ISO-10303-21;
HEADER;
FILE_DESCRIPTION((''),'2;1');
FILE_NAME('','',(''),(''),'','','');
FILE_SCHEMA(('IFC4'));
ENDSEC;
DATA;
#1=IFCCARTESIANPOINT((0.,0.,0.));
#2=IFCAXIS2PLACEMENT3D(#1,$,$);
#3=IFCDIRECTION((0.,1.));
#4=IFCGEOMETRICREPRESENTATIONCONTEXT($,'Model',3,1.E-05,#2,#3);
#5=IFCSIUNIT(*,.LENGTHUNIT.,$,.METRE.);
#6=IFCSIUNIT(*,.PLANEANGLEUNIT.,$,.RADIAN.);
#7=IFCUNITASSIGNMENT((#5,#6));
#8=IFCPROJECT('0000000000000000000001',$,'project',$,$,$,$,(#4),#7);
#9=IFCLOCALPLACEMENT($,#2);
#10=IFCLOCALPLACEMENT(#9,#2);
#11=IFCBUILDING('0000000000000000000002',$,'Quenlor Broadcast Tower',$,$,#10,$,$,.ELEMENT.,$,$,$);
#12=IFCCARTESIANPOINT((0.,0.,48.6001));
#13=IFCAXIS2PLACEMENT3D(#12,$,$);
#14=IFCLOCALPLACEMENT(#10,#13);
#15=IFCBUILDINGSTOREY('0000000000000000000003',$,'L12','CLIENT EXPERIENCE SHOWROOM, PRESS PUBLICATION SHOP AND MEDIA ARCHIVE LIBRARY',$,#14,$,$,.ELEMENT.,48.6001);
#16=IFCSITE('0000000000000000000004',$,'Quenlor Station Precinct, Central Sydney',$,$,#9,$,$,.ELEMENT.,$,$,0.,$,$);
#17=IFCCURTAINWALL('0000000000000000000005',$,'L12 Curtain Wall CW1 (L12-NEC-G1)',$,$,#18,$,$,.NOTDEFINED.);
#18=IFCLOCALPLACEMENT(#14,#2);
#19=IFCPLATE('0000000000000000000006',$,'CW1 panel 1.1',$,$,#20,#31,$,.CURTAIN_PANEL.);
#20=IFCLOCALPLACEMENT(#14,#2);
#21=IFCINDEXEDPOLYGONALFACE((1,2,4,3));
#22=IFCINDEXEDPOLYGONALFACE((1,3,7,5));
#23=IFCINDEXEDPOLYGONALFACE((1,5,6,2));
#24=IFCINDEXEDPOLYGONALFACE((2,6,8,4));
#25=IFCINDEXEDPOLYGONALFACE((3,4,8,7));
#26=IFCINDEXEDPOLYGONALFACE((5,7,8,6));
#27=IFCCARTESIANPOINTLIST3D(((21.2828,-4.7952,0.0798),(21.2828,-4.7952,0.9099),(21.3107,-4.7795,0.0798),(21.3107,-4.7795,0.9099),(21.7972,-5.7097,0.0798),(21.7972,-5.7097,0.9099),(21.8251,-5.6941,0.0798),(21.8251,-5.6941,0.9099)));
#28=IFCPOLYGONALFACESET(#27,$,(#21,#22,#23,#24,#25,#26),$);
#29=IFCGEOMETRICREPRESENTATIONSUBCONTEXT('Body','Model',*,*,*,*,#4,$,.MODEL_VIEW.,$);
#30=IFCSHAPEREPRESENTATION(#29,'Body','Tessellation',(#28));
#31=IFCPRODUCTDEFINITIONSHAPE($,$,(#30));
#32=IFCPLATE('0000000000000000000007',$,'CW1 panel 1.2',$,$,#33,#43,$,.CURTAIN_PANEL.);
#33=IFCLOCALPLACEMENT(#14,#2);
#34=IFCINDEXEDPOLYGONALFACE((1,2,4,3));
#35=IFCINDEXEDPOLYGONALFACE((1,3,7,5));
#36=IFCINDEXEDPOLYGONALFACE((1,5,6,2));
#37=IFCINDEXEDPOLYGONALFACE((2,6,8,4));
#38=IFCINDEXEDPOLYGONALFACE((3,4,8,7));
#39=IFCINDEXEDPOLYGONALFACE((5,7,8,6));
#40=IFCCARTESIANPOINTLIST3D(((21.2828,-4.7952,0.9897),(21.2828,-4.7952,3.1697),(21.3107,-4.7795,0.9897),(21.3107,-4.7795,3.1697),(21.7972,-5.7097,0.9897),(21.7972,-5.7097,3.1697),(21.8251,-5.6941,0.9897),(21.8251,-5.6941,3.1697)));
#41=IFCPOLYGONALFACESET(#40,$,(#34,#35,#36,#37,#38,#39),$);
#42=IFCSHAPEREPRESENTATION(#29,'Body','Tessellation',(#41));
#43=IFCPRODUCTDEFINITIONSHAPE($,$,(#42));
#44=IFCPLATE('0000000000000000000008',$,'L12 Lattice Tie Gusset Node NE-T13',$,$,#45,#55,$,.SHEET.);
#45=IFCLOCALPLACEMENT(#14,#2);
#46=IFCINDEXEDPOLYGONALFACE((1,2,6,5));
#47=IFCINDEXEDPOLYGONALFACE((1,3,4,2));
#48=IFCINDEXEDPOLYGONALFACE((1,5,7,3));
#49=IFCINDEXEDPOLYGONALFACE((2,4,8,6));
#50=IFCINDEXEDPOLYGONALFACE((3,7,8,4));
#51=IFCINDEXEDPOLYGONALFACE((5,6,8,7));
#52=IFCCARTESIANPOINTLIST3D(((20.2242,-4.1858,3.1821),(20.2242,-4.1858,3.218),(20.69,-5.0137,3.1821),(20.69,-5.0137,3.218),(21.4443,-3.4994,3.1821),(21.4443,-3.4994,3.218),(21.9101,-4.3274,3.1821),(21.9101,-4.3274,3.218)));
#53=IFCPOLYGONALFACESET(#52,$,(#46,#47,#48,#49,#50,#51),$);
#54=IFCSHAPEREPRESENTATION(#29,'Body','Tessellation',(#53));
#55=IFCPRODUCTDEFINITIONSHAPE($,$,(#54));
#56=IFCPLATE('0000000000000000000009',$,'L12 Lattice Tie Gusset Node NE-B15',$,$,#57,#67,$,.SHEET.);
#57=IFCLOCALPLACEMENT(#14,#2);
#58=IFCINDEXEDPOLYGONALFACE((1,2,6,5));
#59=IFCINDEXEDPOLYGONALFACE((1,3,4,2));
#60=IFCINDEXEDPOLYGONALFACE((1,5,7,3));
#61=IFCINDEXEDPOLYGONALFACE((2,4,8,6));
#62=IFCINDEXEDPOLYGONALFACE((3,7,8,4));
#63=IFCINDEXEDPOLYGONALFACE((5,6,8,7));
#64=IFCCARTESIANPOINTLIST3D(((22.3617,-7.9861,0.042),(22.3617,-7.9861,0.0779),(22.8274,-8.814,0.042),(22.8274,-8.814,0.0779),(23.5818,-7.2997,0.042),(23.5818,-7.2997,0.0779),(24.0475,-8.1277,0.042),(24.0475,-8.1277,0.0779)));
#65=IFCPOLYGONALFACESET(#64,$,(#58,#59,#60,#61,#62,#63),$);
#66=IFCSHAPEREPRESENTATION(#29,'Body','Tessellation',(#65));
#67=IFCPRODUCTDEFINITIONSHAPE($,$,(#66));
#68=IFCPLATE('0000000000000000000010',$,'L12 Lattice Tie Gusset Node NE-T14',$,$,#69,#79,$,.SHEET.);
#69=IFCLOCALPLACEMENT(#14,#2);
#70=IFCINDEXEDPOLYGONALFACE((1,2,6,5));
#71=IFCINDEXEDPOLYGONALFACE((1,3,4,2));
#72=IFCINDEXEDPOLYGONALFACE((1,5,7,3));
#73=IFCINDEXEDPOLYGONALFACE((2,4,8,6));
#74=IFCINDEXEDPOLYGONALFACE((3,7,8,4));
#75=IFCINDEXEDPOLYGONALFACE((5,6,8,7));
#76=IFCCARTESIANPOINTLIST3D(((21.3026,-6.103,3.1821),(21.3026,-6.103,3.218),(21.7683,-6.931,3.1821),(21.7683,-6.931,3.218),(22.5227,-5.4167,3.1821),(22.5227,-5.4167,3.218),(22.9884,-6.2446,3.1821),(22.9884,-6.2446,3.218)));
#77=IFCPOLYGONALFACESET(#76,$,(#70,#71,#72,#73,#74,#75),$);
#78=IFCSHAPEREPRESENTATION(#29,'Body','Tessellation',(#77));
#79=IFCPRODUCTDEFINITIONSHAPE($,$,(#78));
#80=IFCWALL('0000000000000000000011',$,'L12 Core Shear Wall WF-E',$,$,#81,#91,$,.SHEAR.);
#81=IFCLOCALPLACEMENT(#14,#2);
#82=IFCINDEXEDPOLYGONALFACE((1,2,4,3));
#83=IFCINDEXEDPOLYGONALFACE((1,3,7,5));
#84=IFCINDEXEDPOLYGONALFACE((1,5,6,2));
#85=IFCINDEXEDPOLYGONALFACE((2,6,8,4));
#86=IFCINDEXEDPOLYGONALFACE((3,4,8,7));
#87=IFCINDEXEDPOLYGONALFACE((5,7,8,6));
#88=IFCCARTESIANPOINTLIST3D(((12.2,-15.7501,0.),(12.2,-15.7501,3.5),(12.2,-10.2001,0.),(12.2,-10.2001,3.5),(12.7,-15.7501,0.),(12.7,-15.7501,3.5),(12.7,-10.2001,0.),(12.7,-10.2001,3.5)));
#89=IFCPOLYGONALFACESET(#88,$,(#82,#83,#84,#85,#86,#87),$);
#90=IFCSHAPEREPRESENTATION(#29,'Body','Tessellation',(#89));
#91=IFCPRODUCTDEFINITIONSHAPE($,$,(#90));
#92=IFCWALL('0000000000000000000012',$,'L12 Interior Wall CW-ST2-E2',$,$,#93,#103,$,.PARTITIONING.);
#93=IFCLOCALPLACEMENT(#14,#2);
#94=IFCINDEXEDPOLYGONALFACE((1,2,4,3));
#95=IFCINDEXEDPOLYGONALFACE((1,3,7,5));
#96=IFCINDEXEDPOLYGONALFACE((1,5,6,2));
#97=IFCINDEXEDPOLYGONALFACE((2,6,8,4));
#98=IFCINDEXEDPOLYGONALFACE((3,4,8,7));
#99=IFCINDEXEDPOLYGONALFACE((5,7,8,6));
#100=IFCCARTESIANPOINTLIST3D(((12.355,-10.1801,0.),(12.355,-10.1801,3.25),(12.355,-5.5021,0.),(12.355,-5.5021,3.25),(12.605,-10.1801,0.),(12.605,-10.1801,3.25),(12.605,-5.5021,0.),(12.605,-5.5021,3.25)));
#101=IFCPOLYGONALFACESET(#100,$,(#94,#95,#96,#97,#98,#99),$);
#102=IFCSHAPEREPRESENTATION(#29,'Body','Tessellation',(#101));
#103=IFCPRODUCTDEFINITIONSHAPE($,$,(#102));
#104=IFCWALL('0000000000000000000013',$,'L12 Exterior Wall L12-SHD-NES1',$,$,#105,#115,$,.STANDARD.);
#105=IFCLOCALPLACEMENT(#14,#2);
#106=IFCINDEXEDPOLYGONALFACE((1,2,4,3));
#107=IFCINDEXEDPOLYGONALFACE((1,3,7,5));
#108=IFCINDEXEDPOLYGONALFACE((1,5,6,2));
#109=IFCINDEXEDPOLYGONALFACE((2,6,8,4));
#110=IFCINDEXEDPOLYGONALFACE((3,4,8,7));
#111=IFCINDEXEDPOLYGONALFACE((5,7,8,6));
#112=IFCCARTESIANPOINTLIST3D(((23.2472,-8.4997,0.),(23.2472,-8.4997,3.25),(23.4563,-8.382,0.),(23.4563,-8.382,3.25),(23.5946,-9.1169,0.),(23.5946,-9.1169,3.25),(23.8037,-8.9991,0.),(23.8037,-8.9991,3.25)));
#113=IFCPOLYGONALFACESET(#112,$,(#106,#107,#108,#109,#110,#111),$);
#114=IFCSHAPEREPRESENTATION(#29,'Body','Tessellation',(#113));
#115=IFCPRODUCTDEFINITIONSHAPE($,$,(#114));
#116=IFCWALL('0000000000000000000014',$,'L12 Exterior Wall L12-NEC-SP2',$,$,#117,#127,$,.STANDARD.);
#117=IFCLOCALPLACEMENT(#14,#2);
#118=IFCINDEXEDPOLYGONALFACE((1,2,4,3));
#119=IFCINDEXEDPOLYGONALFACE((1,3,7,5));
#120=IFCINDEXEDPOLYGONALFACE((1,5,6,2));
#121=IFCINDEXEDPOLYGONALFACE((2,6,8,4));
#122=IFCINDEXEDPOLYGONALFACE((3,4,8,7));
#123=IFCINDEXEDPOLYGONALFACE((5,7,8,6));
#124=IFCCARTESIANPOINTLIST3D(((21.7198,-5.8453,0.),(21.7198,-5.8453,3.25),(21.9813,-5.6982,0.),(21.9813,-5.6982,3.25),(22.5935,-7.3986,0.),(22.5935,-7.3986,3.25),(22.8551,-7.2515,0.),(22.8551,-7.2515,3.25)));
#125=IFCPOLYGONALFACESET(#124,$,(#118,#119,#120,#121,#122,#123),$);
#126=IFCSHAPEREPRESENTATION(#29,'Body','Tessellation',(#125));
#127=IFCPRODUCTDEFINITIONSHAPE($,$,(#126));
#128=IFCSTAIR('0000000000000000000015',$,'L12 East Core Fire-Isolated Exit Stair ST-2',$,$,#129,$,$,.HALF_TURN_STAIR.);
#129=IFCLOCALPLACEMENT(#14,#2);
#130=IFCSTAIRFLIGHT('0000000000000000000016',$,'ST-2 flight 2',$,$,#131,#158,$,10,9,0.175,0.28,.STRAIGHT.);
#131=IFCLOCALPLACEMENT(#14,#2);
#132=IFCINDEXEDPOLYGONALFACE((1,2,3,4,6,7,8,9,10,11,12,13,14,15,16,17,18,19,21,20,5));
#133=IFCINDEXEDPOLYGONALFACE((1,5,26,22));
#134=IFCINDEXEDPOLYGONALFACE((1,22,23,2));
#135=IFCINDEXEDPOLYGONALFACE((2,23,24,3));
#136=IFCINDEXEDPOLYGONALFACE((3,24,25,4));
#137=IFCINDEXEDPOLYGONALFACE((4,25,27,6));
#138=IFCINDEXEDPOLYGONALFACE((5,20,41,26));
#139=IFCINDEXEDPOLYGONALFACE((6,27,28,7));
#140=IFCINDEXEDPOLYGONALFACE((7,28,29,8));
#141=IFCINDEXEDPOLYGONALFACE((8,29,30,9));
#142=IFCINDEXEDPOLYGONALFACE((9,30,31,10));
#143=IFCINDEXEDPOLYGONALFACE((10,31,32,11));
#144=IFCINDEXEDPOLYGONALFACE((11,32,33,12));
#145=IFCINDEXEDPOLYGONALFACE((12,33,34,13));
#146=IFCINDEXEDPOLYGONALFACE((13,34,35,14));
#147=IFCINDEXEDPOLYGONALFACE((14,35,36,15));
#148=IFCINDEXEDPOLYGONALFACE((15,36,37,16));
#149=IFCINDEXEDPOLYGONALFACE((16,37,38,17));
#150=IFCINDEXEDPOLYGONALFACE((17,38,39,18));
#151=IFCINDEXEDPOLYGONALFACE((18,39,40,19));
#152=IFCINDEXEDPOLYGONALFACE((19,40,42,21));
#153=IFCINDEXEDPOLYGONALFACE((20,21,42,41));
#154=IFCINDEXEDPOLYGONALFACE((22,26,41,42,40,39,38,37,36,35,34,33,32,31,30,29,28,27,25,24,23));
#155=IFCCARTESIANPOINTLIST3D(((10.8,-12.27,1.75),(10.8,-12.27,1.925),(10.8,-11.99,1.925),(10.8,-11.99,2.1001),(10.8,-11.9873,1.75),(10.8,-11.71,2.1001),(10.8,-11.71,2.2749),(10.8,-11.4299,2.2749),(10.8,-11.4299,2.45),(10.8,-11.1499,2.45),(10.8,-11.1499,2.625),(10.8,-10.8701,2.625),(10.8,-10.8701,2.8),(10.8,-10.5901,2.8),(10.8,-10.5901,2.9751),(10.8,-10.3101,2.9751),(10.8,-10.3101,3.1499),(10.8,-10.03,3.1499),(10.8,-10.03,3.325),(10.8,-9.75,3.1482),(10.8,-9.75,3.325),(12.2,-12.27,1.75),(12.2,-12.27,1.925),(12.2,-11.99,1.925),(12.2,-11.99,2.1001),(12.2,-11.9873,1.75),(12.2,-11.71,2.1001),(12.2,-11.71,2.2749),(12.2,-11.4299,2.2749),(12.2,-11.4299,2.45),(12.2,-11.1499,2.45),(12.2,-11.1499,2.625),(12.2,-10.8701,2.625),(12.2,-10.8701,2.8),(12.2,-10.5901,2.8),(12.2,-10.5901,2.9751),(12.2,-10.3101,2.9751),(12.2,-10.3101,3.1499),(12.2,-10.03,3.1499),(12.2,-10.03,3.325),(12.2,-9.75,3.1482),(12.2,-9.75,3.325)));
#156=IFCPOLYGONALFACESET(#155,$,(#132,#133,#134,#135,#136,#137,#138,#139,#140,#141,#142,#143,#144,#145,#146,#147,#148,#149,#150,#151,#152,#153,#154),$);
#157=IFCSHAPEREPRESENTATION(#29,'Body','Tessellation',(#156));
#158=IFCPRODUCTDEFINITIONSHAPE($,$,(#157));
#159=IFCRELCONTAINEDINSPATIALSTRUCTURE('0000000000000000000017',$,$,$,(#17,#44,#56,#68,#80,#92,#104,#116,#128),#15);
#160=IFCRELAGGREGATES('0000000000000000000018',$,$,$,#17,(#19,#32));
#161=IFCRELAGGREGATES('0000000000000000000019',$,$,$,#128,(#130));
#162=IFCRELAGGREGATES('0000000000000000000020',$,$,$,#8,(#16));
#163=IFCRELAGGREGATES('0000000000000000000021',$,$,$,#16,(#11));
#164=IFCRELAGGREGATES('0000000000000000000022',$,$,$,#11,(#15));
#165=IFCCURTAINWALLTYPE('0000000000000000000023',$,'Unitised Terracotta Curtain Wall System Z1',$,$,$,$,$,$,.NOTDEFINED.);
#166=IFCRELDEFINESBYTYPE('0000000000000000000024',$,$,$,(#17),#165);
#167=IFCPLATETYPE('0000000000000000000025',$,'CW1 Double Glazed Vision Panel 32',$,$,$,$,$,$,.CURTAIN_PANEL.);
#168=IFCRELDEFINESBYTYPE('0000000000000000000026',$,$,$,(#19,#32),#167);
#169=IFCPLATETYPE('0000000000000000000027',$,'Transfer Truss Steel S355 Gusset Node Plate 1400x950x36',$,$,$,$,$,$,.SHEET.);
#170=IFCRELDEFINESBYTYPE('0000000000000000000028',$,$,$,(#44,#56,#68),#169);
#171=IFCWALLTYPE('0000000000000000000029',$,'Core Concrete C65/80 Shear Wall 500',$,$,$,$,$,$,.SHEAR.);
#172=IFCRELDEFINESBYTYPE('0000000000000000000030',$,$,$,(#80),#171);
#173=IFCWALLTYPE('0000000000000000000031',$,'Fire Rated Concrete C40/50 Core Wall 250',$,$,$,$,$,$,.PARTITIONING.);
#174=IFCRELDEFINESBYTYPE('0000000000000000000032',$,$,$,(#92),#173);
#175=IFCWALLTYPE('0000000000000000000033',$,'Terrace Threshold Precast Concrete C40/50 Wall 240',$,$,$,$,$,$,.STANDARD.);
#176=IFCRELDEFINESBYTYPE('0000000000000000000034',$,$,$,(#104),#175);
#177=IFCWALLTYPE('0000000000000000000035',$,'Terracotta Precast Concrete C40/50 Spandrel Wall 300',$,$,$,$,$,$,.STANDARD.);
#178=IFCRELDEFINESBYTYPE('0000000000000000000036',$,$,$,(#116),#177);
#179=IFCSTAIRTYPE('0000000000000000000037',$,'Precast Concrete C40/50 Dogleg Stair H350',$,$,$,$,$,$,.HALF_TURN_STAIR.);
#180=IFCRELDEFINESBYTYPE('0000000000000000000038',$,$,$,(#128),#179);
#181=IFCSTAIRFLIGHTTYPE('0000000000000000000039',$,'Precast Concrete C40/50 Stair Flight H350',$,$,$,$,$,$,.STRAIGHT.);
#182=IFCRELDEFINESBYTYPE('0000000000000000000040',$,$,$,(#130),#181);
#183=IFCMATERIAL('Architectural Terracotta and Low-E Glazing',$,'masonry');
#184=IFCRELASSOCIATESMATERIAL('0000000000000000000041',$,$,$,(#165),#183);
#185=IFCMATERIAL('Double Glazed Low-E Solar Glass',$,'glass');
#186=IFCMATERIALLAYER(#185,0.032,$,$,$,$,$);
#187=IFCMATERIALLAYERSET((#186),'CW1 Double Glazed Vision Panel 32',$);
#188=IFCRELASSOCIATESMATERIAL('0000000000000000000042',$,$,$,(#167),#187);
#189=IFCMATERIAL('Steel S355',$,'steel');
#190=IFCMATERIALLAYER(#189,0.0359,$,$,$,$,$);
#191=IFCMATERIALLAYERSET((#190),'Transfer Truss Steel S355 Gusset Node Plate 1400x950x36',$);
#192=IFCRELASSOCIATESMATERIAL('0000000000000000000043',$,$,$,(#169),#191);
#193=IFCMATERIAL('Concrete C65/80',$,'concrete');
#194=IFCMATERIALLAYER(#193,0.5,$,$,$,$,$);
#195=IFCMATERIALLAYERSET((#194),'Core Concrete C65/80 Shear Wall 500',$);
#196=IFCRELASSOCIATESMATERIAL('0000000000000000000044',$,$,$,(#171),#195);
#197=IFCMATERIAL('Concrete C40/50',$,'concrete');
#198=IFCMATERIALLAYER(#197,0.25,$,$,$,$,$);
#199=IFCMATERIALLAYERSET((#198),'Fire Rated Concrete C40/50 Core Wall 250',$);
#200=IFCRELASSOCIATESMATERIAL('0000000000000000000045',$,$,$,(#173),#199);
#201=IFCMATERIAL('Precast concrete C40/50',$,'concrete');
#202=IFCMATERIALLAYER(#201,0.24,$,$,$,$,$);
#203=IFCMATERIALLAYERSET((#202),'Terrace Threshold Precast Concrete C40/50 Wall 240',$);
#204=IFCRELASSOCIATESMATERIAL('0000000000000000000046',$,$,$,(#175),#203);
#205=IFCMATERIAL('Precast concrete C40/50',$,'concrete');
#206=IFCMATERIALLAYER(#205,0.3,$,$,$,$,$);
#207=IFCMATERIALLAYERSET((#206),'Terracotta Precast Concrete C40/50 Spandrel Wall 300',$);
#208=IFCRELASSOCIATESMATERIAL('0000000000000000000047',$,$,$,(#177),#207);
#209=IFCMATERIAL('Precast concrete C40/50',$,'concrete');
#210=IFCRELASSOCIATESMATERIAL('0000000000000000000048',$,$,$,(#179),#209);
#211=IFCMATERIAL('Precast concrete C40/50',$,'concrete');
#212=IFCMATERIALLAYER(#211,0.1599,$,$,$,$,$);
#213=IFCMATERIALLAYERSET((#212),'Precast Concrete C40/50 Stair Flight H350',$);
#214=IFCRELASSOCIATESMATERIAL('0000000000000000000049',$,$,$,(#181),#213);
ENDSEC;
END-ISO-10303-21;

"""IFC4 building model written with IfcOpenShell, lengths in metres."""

from ifc_helpers import new_model, si_unit, direction, frame, frame_2d, origin, origin_2d, place, context, subcontext, project, spatial, polyline, rectangle, outline, extrude, material, layer, layer_set, type_object, element, aggregate, save


model = new_model("IFC4")

# Units and contexts
model_context = context("Model", 3, precision=1e-05, world=origin(), true_north=direction((0.0, 1.0)))
body_context = subcontext(model_context, "Body", "Model", "MODEL_VIEW")
ifc_project = project(units=[si_unit("LENGTHUNIT", "METRE"), si_unit("PLANEANGLEUNIT", "RADIAN")], contexts=[model_context])

# Site, building, storey
site_placement = place(None, origin())
site = spatial("IfcSite", under=ifc_project, at=site_placement, Name="Quenlor Station Precinct, Central Sydney", CompositionType="ELEMENT", RefElevation=0.0)
building_placement = place(site_placement, origin())
building = spatial("IfcBuilding", under=site, at=building_placement, Name="Quenlor Broadcast Tower", CompositionType="ELEMENT")
storey_placement = place(building_placement, frame((0.0, 0.0, 48.6001)))
storey = spatial("IfcBuildingStorey", under=building, at=storey_placement, Name="L12", Description="CLIENT EXPERIENCE SHOWROOM, PRESS PUBLICATION SHOP AND MEDIA ARCHIVE LIBRARY", CompositionType="ELEMENT", Elevation=48.6001)

# Curtain wall
ifc_material_1 = material(Name="Architectural Terracotta and Low-E Glazing", Category="masonry")
curtain_wall_type = type_object("IfcCurtainWallType", Name="Unitised Terracotta Curtain Wall System Z1", PredefinedType="NOTDEFINED", material=ifc_material_1)
curtain_wall_placement = place(storey_placement, origin())
curtain_wall = element("IfcCurtainWall", 1, at=curtain_wall_placement, inside=storey, type_object=curtain_wall_type, Name="L12 Curtain Wall CW1 (L12-NEC-G1)", PredefinedType="NOTDEFINED")

# Plates
ifc_material_2 = material(Name="Double Glazed Low-E Solar Glass", Category="glass")
ifc_layer_1 = layer(ifc_material_2, 0.032)
ifc_layer_set_1 = layer_set([ifc_layer_1], Name="CW1 Double Glazed Vision Panel 32")
plate_type_1 = type_object("IfcPlateType", Name="CW1 Double Glazed Vision Panel 32", PredefinedType="CURTAIN_PANEL", material=ifc_layer_set_1)
plate_1_placement = place(storey_placement, frame((21.554, -5.2446, 0.0798), z_axis=(0.0, 0.0, 1.0), x_axis=(0.490277, -0.871567, 0.0)))
plate_1 = element("IfcPlate", 2, at=plate_1_placement, type_object=plate_type_1, Name="CW1 panel 1.1", PredefinedType="CURTAIN_PANEL", context=body_context, shape_type="SweptSolid", body=[
    extrude(rectangle(XDim=1.0493, YDim=0.032, at=origin_2d()), origin(), (0.0, 0.0, 1.0), 0.8301),
])
plate_2_placement = place(storey_placement, frame((21.554, -5.2446, 0.9897), z_axis=(0.0, 0.0, 1.0), x_axis=(0.490277, -0.871567, 0.0)))
plate_2 = element("IfcPlate", 3, at=plate_2_placement, type_object=plate_type_1, Name="CW1 panel 1.2", PredefinedType="CURTAIN_PANEL", context=body_context, shape_type="SweptSolid", body=[
    extrude(rectangle(XDim=1.0493, YDim=0.032, at=origin_2d()), origin(), (0.0, 0.0, 1.0), 2.1799),
])
aggregate(curtain_wall, [plate_1, plate_2])

# Plates
ifc_material_3 = material(Name="Steel S355", Category="steel")
ifc_layer_2 = layer(ifc_material_3, 0.0359)
ifc_layer_set_2 = layer_set([ifc_layer_2], Name="Transfer Truss Steel S355 Gusset Node Plate 1400x950x36")
plate_type_2 = type_object("IfcPlateType", Name="Transfer Truss Steel S355 Gusset Node Plate 1400x950x36", PredefinedType="SHEET", material=ifc_layer_set_2)
for number, where, z_axis, x_axis, name in (
    (4, (21.0671, -4.2566, 3.1821), (0.0, 0.0, 1.0), (0.871556, 0.490295, 0.0), "L12 Lattice Tie Gusset Node NE-T13"),
    (5, (23.2046, -8.0569, 0.042), (0.0, 0.0, 1.0), (0.871556, 0.490295, 0.0), "L12 Lattice Tie Gusset Node NE-B15"),
    (6, (22.1455, -6.1738, 3.1821), (0.0, 0.0, 1.0), (0.871556, 0.490295, 0.0), "L12 Lattice Tie Gusset Node NE-T14"),
):
    element("IfcPlate", number, at=place(storey_placement, frame(where, z_axis=z_axis, x_axis=x_axis)), inside=storey, type_object=plate_type_2, Name=name, PredefinedType="SHEET", context=body_context, shape_type="SweptSolid", body=[
        extrude(rectangle(XDim=1.3999, YDim=0.95, at=origin_2d()), origin(), (0.0, 0.0, 1.0), 0.0359),
    ])

# Walls
ifc_material_4 = material(Name="Concrete C65/80", Category="concrete")
ifc_layer_3 = layer(ifc_material_4, 0.5)
ifc_layer_set_3 = layer_set([ifc_layer_3], Name="Core Concrete C65/80 Shear Wall 500")
wall_type_1 = type_object("IfcWallType", Name="Core Concrete C65/80 Shear Wall 500", PredefinedType="SHEAR", material=ifc_layer_set_3)
wall_1_placement = place(storey_placement, frame((12.45, -15.75, 0.0), z_axis=(0.0, 0.0, 1.0), x_axis=(0.0, 1.0, 0.0)))
element("IfcWall", 7, at=wall_1_placement, inside=storey, type_object=wall_type_1, Name="L12 Core Shear Wall WF-E", PredefinedType="SHEAR", context=body_context, shape_type="SweptSolid", body=[
    extrude(rectangle(XDim=5.55, YDim=0.5, at=frame_2d((2.7749, 0.0))), origin(), (0.0, 0.0, 1.0), 3.5),
])
ifc_material_5 = material(Name="Concrete C40/50", Category="concrete")
ifc_layer_4 = layer(ifc_material_5, 0.25)
ifc_layer_set_4 = layer_set([ifc_layer_4], Name="Fire Rated Concrete C40/50 Core Wall 250")
wall_type_2 = type_object("IfcWallType", Name="Fire Rated Concrete C40/50 Core Wall 250", PredefinedType="PARTITIONING", material=ifc_layer_set_4)
wall_2_placement = place(storey_placement, frame((12.48, -10.1799, 0.0), z_axis=(0.0, 0.0, 1.0), x_axis=(0.0, 1.0, 0.0)))
element("IfcWall", 8, at=wall_2_placement, inside=storey, type_object=wall_type_2, Name="L12 Interior Wall CW-ST2-E2", PredefinedType="PARTITIONING", context=body_context, shape_type="SweptSolid", body=[
    extrude(rectangle(XDim=4.678, YDim=0.25, at=frame_2d((2.3389, 0.0))), origin(), (0.0, 0.0, 1.0), 3.25),
])
ifc_material_6 = material(Name="Precast concrete C40/50", Category="concrete")
ifc_layer_5 = layer(ifc_material_6, 0.24)
ifc_layer_set_5 = layer_set([ifc_layer_5], Name="Terrace Threshold Precast Concrete C40/50 Wall 240")
wall_type_3 = type_object("IfcWallType", Name="Terrace Threshold Precast Concrete C40/50 Wall 240", PredefinedType="STANDARD", material=ifc_layer_set_5)
wall_3_placement = place(storey_placement, frame((23.3518, -8.4409, 0.0), z_axis=(0.0, 0.0, 1.0), x_axis=(0.490523, -0.871428, 0.0)))
element("IfcWall", 9, at=wall_3_placement, inside=storey, type_object=wall_type_3, Name="L12 Exterior Wall L12-SHD-NES1", PredefinedType="STANDARD", context=body_context, shape_type="SweptSolid", body=[
    extrude(rectangle(XDim=0.7083, YDim=0.24, at=frame_2d((0.354, 0.0))), origin(), (0.0, 0.0, 1.0), 3.25),
])
ifc_material_7 = material(Name="Precast concrete C40/50", Category="concrete")
ifc_layer_6 = layer(ifc_material_7, 0.3)
ifc_layer_set_6 = layer_set([ifc_layer_6], Name="Terracotta Precast Concrete C40/50 Spandrel Wall 300")
wall_type_4 = type_object("IfcWallType", Name="Terracotta Precast Concrete C40/50 Spandrel Wall 300", PredefinedType="STANDARD", material=ifc_layer_set_6)
wall_4_placement = place(storey_placement, frame((21.8506, -5.7717, 0.0), z_axis=(0.0, 0.0, 1.0), x_axis=(0.490242, -0.871587, 0.0)))
element("IfcWall", 10, at=wall_4_placement, inside=storey, type_object=wall_type_4, Name="L12 Exterior Wall L12-NEC-SP2", PredefinedType="STANDARD", context=body_context, shape_type="SweptSolid", body=[
    extrude(rectangle(XDim=1.7822, YDim=0.3, at=frame_2d((0.8911, 0.0))), origin(), (0.0, 0.0, 1.0), 3.25),
])

# Stair, stair flight
ifc_material_8 = material(Name="Precast concrete C40/50", Category="concrete")
stair_type = type_object("IfcStairType", Name="Precast Concrete C40/50 Dogleg Stair H350", PredefinedType="HALF_TURN_STAIR", material=ifc_material_8)
stair_placement = place(storey_placement, origin())
stair = element("IfcStair", 11, at=stair_placement, inside=storey, type_object=stair_type, Name="L12 East Core Fire-Isolated Exit Stair ST-2", PredefinedType="HALF_TURN_STAIR")
ifc_material_9 = material(Name="Precast concrete C40/50", Category="concrete")
ifc_layer_7 = layer(ifc_material_9, 0.1599)
ifc_layer_set_7 = layer_set([ifc_layer_7], Name="Precast Concrete C40/50 Stair Flight H350")
stair_flight_type = type_object("IfcStairFlightType", Name="Precast Concrete C40/50 Stair Flight H350", PredefinedType="STRAIGHT", material=ifc_layer_set_7)
stair_flight_placement = place(storey_placement, frame((11.5, -12.27, 1.75), z_axis=(0.0, 0.0, 1.0), x_axis=(0.0, 1.0, 0.0)))
stair_flight = element("IfcStairFlight", 12, at=stair_flight_placement, type_object=stair_flight_type, Name="ST-2 flight 2", NumberOfRisers=10, NumberOfTreads=9, PredefinedType="STRAIGHT", RiserHeight=0.175, TreadLength=0.28, context=body_context, shape_type="SweptSolid", body=[
    extrude(outline(polyline([(0.0, 0.0), (0.0, 0.175), (0.28, 0.175), (0.28, 0.3501), (0.5601, 0.3501), (0.5601, 0.5249), (0.8401, 0.5249), (0.8401, 0.7), (1.1201, 0.7), (1.1201, 0.875), (1.3999, 0.875), (1.3999, 1.05), (1.6799, 1.05), (1.6799, 1.2251), (1.96, 1.2251), (1.96, 1.3999), (2.24, 1.3999), (2.24, 1.575), (2.52, 1.575), (2.52, 1.75), (2.52, 1.3982), (0.2827, 0.0), (0.0, 0.0)])), frame((0.0, 0.7, 0.0), z_axis=(0.0, -1.0, 0.0), x_axis=(1.0, 0.0, 0.0)), (0.0, 0.0, 1.0), 1.3999),
])
aggregate(stair, [stair_flight])

save(model, "model.ifc")
